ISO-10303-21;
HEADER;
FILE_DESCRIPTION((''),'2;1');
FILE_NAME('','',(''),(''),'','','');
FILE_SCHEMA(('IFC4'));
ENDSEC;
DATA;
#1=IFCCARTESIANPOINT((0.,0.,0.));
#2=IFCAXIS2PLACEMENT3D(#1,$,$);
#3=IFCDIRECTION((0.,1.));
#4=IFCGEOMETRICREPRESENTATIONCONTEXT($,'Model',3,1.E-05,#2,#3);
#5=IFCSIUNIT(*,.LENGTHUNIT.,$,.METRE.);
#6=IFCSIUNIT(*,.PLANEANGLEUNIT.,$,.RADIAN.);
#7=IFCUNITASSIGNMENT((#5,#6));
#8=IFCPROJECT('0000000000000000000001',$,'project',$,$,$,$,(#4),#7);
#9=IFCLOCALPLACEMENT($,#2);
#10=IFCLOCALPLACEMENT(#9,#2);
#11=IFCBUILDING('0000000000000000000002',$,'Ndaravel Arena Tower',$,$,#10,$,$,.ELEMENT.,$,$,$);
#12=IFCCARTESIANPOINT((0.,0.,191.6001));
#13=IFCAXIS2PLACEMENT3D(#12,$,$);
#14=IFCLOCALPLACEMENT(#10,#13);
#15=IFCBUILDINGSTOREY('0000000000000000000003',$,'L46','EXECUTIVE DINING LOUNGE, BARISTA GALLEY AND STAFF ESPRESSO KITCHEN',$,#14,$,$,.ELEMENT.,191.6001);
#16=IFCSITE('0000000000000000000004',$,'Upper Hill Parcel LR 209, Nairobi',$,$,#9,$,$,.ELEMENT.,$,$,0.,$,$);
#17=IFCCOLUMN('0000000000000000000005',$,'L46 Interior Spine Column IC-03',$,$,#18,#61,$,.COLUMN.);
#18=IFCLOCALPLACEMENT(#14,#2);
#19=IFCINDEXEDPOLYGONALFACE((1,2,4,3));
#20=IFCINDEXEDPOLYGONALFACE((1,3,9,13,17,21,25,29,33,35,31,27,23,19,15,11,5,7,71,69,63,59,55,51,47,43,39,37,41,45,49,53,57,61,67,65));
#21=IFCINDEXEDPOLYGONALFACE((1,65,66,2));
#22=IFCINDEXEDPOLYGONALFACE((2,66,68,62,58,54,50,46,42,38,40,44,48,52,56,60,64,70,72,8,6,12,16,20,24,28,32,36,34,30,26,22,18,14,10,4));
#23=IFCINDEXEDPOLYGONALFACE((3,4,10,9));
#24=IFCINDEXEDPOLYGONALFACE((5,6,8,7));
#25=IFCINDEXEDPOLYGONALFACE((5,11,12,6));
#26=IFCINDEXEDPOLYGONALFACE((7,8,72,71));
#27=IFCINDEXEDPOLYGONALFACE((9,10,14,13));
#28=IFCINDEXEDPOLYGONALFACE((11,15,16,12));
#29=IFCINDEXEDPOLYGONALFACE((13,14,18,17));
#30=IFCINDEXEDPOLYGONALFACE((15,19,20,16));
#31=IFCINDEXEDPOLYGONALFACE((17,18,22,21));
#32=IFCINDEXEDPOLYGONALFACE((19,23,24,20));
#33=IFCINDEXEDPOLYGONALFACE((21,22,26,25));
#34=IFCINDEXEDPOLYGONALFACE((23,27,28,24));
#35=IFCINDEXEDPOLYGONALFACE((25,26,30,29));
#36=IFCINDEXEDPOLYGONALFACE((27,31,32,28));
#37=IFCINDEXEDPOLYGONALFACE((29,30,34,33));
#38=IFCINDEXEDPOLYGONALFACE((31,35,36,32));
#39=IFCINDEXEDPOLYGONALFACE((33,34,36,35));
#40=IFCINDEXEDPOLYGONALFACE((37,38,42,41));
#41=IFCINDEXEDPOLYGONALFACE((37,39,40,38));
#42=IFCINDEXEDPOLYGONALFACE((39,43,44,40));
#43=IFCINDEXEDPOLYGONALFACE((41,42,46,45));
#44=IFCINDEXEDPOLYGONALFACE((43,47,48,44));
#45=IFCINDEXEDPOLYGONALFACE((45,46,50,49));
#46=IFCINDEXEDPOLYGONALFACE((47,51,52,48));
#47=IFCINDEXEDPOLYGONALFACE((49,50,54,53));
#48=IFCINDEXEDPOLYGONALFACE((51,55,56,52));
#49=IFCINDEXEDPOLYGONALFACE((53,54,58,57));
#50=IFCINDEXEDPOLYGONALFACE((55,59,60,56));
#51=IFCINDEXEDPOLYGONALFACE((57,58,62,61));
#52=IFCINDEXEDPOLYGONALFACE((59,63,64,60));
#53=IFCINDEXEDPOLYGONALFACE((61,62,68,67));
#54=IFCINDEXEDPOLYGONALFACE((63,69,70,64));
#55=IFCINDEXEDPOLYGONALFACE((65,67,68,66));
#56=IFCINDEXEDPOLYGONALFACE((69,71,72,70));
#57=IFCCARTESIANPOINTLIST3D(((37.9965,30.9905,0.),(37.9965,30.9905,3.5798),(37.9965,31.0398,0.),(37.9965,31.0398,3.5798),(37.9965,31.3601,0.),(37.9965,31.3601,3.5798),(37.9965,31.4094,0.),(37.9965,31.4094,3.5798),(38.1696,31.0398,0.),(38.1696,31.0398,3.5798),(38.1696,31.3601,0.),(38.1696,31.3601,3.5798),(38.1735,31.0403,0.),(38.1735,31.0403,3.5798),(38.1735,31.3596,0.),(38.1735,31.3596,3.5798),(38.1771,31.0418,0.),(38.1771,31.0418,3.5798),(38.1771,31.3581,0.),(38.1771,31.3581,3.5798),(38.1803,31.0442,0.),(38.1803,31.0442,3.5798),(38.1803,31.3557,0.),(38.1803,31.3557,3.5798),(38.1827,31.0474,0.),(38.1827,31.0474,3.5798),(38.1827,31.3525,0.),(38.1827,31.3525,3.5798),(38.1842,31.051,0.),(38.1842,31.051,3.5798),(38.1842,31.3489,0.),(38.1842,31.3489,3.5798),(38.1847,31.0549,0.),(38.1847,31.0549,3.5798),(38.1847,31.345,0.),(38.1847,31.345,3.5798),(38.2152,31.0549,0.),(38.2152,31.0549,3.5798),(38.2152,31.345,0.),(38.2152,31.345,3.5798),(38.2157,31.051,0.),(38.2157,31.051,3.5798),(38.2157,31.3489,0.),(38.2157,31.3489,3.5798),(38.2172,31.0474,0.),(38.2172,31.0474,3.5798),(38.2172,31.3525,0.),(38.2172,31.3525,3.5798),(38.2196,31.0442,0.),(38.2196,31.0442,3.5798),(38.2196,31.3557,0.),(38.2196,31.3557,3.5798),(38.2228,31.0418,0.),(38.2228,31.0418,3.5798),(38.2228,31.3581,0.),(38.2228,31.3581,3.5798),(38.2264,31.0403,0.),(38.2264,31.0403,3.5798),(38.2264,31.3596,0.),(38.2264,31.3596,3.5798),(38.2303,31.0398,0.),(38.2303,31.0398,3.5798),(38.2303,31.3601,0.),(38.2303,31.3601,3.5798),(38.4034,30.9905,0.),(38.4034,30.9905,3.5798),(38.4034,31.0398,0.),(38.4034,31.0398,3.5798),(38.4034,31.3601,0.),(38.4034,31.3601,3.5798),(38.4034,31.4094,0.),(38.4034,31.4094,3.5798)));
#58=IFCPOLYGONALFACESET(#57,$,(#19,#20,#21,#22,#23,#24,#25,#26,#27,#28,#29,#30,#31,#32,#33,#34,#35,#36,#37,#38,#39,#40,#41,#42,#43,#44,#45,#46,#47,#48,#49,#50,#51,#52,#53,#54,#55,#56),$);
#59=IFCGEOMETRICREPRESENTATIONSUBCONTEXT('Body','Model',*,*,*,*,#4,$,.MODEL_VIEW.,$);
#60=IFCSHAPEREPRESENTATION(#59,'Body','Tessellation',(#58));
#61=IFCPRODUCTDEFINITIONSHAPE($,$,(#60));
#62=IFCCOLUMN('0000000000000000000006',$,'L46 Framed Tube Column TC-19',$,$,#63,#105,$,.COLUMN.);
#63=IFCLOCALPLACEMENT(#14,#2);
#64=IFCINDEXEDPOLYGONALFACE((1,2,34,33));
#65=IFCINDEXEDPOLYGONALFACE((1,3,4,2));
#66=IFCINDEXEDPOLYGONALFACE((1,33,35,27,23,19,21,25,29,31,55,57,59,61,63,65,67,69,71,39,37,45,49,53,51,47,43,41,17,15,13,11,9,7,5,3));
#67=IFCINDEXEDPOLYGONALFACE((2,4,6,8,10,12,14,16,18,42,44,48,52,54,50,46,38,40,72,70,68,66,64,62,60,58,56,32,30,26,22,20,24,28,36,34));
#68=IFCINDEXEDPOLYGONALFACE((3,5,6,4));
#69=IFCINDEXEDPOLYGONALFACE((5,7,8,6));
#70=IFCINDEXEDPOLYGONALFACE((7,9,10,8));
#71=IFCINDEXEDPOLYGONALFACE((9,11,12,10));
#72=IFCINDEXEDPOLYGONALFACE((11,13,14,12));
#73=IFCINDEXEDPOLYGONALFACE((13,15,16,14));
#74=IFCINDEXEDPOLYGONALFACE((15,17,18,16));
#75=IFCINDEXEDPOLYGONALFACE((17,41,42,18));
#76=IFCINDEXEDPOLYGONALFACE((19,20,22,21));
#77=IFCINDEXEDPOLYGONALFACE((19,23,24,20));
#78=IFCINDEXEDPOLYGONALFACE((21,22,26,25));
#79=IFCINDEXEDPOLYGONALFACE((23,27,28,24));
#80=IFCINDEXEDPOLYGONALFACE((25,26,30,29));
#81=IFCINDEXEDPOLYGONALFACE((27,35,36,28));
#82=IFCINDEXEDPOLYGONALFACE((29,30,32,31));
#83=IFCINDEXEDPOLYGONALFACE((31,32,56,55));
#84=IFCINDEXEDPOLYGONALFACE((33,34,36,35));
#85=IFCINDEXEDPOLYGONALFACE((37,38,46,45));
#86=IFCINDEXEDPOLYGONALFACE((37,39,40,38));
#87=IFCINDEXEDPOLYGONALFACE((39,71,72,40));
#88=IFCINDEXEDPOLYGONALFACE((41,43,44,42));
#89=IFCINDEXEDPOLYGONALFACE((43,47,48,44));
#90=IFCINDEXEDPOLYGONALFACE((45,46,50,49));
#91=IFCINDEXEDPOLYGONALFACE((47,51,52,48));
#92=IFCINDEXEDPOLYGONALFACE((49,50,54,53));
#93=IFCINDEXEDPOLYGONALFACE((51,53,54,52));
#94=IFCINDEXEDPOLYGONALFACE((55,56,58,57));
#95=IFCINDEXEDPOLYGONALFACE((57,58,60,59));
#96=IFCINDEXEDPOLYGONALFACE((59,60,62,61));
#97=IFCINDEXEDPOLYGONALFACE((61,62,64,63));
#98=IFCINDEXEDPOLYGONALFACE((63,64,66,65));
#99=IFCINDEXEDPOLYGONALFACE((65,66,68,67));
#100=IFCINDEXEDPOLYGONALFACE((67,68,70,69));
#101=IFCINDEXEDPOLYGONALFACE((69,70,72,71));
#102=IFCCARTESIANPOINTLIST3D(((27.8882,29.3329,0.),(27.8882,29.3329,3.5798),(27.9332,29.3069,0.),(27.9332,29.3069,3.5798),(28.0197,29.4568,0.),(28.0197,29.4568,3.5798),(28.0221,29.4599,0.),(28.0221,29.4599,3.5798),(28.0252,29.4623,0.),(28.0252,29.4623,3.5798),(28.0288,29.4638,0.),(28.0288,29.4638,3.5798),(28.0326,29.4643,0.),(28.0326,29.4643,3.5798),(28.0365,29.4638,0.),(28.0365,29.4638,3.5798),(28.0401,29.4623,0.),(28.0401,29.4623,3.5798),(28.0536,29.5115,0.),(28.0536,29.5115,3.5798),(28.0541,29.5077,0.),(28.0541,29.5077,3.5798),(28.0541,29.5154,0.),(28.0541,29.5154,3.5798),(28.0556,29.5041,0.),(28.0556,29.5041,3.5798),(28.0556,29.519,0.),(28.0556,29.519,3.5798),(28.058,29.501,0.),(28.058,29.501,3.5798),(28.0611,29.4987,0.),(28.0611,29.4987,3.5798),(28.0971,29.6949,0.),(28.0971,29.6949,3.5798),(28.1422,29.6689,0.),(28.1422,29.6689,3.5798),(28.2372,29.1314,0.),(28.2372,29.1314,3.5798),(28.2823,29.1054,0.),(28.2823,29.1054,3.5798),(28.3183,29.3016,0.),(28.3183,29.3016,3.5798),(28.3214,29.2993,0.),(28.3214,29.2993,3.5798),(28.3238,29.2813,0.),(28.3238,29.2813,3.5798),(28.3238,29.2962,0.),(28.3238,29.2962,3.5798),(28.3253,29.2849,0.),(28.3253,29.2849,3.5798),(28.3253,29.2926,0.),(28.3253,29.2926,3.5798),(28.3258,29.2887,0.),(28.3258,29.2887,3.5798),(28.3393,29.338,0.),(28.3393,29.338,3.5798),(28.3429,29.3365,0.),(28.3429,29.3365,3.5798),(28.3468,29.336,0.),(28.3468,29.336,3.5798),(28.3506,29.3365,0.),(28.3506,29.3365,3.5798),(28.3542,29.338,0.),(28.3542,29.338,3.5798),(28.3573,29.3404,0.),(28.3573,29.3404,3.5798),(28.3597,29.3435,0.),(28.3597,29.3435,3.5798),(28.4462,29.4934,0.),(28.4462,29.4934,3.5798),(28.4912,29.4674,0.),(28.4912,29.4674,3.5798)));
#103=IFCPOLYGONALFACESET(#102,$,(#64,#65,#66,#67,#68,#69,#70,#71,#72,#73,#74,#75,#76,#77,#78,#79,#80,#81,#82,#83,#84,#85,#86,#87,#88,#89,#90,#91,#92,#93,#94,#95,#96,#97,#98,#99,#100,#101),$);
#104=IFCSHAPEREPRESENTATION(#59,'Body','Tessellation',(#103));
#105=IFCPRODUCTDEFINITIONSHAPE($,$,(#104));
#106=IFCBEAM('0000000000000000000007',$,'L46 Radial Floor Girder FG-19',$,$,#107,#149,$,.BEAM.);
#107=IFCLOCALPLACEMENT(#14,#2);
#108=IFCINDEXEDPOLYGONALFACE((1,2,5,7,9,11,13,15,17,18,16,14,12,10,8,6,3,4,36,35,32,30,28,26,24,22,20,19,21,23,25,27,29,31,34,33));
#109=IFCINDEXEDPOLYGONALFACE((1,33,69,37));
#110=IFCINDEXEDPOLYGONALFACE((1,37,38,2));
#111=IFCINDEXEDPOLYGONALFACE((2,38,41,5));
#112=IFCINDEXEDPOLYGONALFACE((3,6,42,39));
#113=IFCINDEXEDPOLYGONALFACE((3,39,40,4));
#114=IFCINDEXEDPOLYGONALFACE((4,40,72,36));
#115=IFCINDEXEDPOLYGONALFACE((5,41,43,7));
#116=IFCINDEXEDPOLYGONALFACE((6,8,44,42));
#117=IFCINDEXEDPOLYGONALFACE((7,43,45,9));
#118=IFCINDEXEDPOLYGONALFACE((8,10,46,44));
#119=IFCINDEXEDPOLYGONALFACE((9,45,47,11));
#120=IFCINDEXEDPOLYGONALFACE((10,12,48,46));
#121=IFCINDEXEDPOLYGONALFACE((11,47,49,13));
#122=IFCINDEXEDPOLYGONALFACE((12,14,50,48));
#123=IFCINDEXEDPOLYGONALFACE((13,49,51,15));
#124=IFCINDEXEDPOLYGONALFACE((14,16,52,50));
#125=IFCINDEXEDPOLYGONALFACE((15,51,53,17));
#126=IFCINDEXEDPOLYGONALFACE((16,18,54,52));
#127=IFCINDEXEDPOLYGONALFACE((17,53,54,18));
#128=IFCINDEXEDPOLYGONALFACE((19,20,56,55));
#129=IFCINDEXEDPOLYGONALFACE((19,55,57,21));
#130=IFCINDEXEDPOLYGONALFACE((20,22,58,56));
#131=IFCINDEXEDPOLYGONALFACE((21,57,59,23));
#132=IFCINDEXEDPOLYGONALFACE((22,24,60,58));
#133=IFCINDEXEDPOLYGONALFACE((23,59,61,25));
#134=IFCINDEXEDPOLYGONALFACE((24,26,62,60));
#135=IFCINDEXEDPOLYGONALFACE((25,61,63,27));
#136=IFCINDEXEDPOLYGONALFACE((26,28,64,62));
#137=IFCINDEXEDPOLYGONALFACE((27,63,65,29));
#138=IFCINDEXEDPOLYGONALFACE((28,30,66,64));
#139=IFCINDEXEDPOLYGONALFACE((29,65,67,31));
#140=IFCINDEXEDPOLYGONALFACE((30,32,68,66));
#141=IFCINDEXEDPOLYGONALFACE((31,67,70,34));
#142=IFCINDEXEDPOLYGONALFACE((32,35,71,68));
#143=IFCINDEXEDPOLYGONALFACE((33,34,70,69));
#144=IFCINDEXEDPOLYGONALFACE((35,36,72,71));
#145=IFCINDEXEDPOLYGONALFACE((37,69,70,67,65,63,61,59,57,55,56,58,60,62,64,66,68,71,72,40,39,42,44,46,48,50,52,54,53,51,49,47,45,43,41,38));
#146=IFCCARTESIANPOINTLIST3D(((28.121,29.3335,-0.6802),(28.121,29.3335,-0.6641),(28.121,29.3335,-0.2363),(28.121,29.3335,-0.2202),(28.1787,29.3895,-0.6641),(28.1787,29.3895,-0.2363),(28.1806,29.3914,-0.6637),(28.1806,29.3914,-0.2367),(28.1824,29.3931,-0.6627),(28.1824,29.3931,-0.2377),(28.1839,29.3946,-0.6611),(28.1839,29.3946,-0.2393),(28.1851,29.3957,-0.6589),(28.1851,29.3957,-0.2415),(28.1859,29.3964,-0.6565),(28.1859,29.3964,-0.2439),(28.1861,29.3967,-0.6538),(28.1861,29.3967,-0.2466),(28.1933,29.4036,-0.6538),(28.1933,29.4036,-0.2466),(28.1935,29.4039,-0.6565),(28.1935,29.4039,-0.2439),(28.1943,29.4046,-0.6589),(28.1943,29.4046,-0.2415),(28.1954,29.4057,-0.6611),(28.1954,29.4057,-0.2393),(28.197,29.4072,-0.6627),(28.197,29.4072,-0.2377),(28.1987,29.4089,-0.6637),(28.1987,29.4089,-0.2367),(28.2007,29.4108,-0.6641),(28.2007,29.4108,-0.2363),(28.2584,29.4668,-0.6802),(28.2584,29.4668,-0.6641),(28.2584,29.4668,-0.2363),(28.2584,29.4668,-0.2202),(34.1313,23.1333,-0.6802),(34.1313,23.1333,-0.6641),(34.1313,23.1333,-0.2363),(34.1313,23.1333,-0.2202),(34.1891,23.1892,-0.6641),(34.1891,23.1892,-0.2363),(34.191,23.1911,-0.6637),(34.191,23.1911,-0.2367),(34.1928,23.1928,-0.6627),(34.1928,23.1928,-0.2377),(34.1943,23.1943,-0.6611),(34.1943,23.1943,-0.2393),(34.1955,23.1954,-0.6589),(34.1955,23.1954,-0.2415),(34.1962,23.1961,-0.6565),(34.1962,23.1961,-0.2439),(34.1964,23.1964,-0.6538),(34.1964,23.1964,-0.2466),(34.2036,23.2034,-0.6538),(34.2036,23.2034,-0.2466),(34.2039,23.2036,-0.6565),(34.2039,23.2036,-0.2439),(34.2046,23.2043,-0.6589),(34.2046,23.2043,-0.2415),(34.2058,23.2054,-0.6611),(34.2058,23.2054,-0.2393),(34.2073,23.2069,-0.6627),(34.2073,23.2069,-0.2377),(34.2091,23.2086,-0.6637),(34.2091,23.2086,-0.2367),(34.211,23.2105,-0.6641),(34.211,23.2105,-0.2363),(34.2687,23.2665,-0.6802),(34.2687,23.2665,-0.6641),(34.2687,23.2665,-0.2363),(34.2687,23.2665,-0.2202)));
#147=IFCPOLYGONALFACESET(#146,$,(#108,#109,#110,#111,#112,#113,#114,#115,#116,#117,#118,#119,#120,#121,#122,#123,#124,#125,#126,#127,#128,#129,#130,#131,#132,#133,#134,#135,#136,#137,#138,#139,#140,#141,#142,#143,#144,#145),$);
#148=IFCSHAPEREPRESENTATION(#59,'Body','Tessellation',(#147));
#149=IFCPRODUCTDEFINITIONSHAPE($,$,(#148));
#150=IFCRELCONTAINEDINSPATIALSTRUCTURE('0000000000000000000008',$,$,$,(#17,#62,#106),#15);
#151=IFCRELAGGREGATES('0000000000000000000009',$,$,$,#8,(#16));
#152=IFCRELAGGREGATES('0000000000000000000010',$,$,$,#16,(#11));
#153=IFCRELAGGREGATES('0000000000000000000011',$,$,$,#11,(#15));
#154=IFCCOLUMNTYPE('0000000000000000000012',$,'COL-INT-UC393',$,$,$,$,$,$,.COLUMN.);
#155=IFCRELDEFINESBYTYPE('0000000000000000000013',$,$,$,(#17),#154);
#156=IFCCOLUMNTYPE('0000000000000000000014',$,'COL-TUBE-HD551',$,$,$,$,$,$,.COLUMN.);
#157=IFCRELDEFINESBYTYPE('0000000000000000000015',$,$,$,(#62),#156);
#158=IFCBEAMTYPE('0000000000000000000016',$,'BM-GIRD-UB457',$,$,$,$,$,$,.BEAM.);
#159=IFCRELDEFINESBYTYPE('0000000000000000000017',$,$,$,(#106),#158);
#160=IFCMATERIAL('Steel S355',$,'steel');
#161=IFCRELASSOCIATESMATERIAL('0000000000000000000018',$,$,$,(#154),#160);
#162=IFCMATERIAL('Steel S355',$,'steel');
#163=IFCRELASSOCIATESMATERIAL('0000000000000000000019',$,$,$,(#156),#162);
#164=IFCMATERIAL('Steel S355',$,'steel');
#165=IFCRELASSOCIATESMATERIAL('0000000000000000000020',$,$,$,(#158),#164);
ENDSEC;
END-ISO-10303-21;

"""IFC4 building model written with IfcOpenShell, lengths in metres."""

from ifc_helpers import new_model, si_unit, direction, frame, origin, origin_2d, place, context, subcontext, project, spatial, i_section, extrude, material, material_profile, profile_set, type_object, element, save


model = new_model("IFC4")

# Units and contexts
model_context = context("Model", 3, precision=1e-05, world=origin(), true_north=direction((0.0, 1.0)))
body_context = subcontext(model_context, "Body", "Model", "MODEL_VIEW")
ifc_project = project(units=[si_unit("LENGTHUNIT", "METRE"), si_unit("PLANEANGLEUNIT", "RADIAN")], contexts=[model_context])

# Site, building, storey
site_placement = place(None, origin())
site = spatial("IfcSite", under=ifc_project, at=site_placement, Name="Upper Hill Parcel LR 209, Nairobi", CompositionType="ELEMENT", RefElevation=0.0)
building_placement = place(site_placement, origin())
building = spatial("IfcBuilding", under=site, at=building_placement, Name="Ndaravel Arena Tower", CompositionType="ELEMENT")
storey_placement = place(building_placement, frame((0.0, 0.0, 191.6001)))
storey = spatial("IfcBuildingStorey", under=building, at=storey_placement, Name="L46", Description="EXECUTIVE DINING LOUNGE, BARISTA GALLEY AND STAFF ESPRESSO KITCHEN", CompositionType="ELEMENT", Elevation=191.6001)

# Columns
ifc_material_1 = material(Name="Steel S355", Category="steel")
ifc_material_profile_1 = material_profile(ifc_material_1, i_section(OverallWidth=0.407, OverallDepth=0.4189, WebThickness=0.0305, FlangeThickness=0.0493, FilletRadius=0.0151, at=origin_2d()), Name="UC 356x406x393")
ifc_profile_set_1 = profile_set([ifc_material_profile_1], Name="Steel S355")
column_type_1 = type_object("IfcColumnType", Name="COL-INT-UC393", PredefinedType="COLUMN", material=ifc_profile_set_1)
column_1_placement = place(storey_placement, frame((38.2, 31.2, 0.0), z_axis=(0.0, 0.0, 1.0), x_axis=(1.0, 0.0, 0.0)))
element("IfcColumn", 1, at=column_1_placement, inside=storey, type_object=column_type_1, Name="L46 Interior Spine Column IC-03", PredefinedType="COLUMN", context=body_context, shape_type="SweptSolid", body=[
    extrude(i_section(OverallWidth=0.407, OverallDepth=0.4189, WebThickness=0.0305, FlangeThickness=0.0493, FilletRadius=0.0151, at=origin_2d()), origin(), (0.0, 0.0, 1.0), 3.5798),
])
ifc_material_2 = material(Name="Steel S355", Category="steel")
ifc_material_profile_2 = material_profile(ifc_material_2, i_section(OverallWidth=0.418, OverallDepth=0.4551, WebThickness=0.042, FlangeThickness=0.052, FilletRadius=0.0149, at=origin_2d()), Name="HD 400x551")
ifc_profile_set_2 = profile_set([ifc_material_profile_2], Name="Steel S355")
column_type_2 = type_object("IfcColumnType", Name="COL-TUBE-HD551", PredefinedType="COLUMN", material=ifc_profile_set_2)
column_2_placement = place(storey_placement, frame((28.1897, 29.4001, 0.0), z_axis=(0.0, 0.0, 1.0), x_axis=(0.5, 0.866025, 0.0)))
element("IfcColumn", 2, at=column_2_placement, inside=storey, type_object=column_type_2, Name="L46 Framed Tube Column TC-19", PredefinedType="COLUMN", context=body_context, shape_type="SweptSolid", body=[
    extrude(i_section(OverallWidth=0.418, OverallDepth=0.4551, WebThickness=0.042, FlangeThickness=0.052, FilletRadius=0.0149, at=origin_2d()), origin(), (0.0, 0.0, 1.0), 3.5798),
])

# Beam
ifc_material_3 = material(Name="Steel S355", Category="steel")
ifc_material_profile_3 = material_profile(ifc_material_3, i_section(OverallWidth=0.1914, OverallDepth=0.46, WebThickness=0.01, FlangeThickness=0.0161, FilletRadius=0.0103, at=origin_2d()), Name="UB 457x191x82")
ifc_profile_set_3 = profile_set([ifc_material_profile_3], Name="Steel S355")
beam_type_1 = type_object("IfcBeamType", Name="BM-GIRD-UB457", PredefinedType="BEAM", material=ifc_profile_set_3)
beam_1_placement = place(storey_placement, frame((28.1897, 29.4001, -0.4502), z_axis=(0.696023, -0.718019, 0.0), x_axis=(0.718019, 0.696023, 0.0)))
element("IfcBeam", 3, at=beam_1_placement, inside=storey, type_object=beam_type_1, Name="L46 Radial Floor Girder FG-19", PredefinedType="BEAM", context=body_context, shape_type="SweptSolid", body=[
    extrude(i_section(OverallWidth=0.1914, OverallDepth=0.46, WebThickness=0.01, FlangeThickness=0.0161, FilletRadius=0.0103, at=origin_2d()), origin(), (0.0, 0.0, 1.0), 8.6353),
])

save(model, "model.ifc")
